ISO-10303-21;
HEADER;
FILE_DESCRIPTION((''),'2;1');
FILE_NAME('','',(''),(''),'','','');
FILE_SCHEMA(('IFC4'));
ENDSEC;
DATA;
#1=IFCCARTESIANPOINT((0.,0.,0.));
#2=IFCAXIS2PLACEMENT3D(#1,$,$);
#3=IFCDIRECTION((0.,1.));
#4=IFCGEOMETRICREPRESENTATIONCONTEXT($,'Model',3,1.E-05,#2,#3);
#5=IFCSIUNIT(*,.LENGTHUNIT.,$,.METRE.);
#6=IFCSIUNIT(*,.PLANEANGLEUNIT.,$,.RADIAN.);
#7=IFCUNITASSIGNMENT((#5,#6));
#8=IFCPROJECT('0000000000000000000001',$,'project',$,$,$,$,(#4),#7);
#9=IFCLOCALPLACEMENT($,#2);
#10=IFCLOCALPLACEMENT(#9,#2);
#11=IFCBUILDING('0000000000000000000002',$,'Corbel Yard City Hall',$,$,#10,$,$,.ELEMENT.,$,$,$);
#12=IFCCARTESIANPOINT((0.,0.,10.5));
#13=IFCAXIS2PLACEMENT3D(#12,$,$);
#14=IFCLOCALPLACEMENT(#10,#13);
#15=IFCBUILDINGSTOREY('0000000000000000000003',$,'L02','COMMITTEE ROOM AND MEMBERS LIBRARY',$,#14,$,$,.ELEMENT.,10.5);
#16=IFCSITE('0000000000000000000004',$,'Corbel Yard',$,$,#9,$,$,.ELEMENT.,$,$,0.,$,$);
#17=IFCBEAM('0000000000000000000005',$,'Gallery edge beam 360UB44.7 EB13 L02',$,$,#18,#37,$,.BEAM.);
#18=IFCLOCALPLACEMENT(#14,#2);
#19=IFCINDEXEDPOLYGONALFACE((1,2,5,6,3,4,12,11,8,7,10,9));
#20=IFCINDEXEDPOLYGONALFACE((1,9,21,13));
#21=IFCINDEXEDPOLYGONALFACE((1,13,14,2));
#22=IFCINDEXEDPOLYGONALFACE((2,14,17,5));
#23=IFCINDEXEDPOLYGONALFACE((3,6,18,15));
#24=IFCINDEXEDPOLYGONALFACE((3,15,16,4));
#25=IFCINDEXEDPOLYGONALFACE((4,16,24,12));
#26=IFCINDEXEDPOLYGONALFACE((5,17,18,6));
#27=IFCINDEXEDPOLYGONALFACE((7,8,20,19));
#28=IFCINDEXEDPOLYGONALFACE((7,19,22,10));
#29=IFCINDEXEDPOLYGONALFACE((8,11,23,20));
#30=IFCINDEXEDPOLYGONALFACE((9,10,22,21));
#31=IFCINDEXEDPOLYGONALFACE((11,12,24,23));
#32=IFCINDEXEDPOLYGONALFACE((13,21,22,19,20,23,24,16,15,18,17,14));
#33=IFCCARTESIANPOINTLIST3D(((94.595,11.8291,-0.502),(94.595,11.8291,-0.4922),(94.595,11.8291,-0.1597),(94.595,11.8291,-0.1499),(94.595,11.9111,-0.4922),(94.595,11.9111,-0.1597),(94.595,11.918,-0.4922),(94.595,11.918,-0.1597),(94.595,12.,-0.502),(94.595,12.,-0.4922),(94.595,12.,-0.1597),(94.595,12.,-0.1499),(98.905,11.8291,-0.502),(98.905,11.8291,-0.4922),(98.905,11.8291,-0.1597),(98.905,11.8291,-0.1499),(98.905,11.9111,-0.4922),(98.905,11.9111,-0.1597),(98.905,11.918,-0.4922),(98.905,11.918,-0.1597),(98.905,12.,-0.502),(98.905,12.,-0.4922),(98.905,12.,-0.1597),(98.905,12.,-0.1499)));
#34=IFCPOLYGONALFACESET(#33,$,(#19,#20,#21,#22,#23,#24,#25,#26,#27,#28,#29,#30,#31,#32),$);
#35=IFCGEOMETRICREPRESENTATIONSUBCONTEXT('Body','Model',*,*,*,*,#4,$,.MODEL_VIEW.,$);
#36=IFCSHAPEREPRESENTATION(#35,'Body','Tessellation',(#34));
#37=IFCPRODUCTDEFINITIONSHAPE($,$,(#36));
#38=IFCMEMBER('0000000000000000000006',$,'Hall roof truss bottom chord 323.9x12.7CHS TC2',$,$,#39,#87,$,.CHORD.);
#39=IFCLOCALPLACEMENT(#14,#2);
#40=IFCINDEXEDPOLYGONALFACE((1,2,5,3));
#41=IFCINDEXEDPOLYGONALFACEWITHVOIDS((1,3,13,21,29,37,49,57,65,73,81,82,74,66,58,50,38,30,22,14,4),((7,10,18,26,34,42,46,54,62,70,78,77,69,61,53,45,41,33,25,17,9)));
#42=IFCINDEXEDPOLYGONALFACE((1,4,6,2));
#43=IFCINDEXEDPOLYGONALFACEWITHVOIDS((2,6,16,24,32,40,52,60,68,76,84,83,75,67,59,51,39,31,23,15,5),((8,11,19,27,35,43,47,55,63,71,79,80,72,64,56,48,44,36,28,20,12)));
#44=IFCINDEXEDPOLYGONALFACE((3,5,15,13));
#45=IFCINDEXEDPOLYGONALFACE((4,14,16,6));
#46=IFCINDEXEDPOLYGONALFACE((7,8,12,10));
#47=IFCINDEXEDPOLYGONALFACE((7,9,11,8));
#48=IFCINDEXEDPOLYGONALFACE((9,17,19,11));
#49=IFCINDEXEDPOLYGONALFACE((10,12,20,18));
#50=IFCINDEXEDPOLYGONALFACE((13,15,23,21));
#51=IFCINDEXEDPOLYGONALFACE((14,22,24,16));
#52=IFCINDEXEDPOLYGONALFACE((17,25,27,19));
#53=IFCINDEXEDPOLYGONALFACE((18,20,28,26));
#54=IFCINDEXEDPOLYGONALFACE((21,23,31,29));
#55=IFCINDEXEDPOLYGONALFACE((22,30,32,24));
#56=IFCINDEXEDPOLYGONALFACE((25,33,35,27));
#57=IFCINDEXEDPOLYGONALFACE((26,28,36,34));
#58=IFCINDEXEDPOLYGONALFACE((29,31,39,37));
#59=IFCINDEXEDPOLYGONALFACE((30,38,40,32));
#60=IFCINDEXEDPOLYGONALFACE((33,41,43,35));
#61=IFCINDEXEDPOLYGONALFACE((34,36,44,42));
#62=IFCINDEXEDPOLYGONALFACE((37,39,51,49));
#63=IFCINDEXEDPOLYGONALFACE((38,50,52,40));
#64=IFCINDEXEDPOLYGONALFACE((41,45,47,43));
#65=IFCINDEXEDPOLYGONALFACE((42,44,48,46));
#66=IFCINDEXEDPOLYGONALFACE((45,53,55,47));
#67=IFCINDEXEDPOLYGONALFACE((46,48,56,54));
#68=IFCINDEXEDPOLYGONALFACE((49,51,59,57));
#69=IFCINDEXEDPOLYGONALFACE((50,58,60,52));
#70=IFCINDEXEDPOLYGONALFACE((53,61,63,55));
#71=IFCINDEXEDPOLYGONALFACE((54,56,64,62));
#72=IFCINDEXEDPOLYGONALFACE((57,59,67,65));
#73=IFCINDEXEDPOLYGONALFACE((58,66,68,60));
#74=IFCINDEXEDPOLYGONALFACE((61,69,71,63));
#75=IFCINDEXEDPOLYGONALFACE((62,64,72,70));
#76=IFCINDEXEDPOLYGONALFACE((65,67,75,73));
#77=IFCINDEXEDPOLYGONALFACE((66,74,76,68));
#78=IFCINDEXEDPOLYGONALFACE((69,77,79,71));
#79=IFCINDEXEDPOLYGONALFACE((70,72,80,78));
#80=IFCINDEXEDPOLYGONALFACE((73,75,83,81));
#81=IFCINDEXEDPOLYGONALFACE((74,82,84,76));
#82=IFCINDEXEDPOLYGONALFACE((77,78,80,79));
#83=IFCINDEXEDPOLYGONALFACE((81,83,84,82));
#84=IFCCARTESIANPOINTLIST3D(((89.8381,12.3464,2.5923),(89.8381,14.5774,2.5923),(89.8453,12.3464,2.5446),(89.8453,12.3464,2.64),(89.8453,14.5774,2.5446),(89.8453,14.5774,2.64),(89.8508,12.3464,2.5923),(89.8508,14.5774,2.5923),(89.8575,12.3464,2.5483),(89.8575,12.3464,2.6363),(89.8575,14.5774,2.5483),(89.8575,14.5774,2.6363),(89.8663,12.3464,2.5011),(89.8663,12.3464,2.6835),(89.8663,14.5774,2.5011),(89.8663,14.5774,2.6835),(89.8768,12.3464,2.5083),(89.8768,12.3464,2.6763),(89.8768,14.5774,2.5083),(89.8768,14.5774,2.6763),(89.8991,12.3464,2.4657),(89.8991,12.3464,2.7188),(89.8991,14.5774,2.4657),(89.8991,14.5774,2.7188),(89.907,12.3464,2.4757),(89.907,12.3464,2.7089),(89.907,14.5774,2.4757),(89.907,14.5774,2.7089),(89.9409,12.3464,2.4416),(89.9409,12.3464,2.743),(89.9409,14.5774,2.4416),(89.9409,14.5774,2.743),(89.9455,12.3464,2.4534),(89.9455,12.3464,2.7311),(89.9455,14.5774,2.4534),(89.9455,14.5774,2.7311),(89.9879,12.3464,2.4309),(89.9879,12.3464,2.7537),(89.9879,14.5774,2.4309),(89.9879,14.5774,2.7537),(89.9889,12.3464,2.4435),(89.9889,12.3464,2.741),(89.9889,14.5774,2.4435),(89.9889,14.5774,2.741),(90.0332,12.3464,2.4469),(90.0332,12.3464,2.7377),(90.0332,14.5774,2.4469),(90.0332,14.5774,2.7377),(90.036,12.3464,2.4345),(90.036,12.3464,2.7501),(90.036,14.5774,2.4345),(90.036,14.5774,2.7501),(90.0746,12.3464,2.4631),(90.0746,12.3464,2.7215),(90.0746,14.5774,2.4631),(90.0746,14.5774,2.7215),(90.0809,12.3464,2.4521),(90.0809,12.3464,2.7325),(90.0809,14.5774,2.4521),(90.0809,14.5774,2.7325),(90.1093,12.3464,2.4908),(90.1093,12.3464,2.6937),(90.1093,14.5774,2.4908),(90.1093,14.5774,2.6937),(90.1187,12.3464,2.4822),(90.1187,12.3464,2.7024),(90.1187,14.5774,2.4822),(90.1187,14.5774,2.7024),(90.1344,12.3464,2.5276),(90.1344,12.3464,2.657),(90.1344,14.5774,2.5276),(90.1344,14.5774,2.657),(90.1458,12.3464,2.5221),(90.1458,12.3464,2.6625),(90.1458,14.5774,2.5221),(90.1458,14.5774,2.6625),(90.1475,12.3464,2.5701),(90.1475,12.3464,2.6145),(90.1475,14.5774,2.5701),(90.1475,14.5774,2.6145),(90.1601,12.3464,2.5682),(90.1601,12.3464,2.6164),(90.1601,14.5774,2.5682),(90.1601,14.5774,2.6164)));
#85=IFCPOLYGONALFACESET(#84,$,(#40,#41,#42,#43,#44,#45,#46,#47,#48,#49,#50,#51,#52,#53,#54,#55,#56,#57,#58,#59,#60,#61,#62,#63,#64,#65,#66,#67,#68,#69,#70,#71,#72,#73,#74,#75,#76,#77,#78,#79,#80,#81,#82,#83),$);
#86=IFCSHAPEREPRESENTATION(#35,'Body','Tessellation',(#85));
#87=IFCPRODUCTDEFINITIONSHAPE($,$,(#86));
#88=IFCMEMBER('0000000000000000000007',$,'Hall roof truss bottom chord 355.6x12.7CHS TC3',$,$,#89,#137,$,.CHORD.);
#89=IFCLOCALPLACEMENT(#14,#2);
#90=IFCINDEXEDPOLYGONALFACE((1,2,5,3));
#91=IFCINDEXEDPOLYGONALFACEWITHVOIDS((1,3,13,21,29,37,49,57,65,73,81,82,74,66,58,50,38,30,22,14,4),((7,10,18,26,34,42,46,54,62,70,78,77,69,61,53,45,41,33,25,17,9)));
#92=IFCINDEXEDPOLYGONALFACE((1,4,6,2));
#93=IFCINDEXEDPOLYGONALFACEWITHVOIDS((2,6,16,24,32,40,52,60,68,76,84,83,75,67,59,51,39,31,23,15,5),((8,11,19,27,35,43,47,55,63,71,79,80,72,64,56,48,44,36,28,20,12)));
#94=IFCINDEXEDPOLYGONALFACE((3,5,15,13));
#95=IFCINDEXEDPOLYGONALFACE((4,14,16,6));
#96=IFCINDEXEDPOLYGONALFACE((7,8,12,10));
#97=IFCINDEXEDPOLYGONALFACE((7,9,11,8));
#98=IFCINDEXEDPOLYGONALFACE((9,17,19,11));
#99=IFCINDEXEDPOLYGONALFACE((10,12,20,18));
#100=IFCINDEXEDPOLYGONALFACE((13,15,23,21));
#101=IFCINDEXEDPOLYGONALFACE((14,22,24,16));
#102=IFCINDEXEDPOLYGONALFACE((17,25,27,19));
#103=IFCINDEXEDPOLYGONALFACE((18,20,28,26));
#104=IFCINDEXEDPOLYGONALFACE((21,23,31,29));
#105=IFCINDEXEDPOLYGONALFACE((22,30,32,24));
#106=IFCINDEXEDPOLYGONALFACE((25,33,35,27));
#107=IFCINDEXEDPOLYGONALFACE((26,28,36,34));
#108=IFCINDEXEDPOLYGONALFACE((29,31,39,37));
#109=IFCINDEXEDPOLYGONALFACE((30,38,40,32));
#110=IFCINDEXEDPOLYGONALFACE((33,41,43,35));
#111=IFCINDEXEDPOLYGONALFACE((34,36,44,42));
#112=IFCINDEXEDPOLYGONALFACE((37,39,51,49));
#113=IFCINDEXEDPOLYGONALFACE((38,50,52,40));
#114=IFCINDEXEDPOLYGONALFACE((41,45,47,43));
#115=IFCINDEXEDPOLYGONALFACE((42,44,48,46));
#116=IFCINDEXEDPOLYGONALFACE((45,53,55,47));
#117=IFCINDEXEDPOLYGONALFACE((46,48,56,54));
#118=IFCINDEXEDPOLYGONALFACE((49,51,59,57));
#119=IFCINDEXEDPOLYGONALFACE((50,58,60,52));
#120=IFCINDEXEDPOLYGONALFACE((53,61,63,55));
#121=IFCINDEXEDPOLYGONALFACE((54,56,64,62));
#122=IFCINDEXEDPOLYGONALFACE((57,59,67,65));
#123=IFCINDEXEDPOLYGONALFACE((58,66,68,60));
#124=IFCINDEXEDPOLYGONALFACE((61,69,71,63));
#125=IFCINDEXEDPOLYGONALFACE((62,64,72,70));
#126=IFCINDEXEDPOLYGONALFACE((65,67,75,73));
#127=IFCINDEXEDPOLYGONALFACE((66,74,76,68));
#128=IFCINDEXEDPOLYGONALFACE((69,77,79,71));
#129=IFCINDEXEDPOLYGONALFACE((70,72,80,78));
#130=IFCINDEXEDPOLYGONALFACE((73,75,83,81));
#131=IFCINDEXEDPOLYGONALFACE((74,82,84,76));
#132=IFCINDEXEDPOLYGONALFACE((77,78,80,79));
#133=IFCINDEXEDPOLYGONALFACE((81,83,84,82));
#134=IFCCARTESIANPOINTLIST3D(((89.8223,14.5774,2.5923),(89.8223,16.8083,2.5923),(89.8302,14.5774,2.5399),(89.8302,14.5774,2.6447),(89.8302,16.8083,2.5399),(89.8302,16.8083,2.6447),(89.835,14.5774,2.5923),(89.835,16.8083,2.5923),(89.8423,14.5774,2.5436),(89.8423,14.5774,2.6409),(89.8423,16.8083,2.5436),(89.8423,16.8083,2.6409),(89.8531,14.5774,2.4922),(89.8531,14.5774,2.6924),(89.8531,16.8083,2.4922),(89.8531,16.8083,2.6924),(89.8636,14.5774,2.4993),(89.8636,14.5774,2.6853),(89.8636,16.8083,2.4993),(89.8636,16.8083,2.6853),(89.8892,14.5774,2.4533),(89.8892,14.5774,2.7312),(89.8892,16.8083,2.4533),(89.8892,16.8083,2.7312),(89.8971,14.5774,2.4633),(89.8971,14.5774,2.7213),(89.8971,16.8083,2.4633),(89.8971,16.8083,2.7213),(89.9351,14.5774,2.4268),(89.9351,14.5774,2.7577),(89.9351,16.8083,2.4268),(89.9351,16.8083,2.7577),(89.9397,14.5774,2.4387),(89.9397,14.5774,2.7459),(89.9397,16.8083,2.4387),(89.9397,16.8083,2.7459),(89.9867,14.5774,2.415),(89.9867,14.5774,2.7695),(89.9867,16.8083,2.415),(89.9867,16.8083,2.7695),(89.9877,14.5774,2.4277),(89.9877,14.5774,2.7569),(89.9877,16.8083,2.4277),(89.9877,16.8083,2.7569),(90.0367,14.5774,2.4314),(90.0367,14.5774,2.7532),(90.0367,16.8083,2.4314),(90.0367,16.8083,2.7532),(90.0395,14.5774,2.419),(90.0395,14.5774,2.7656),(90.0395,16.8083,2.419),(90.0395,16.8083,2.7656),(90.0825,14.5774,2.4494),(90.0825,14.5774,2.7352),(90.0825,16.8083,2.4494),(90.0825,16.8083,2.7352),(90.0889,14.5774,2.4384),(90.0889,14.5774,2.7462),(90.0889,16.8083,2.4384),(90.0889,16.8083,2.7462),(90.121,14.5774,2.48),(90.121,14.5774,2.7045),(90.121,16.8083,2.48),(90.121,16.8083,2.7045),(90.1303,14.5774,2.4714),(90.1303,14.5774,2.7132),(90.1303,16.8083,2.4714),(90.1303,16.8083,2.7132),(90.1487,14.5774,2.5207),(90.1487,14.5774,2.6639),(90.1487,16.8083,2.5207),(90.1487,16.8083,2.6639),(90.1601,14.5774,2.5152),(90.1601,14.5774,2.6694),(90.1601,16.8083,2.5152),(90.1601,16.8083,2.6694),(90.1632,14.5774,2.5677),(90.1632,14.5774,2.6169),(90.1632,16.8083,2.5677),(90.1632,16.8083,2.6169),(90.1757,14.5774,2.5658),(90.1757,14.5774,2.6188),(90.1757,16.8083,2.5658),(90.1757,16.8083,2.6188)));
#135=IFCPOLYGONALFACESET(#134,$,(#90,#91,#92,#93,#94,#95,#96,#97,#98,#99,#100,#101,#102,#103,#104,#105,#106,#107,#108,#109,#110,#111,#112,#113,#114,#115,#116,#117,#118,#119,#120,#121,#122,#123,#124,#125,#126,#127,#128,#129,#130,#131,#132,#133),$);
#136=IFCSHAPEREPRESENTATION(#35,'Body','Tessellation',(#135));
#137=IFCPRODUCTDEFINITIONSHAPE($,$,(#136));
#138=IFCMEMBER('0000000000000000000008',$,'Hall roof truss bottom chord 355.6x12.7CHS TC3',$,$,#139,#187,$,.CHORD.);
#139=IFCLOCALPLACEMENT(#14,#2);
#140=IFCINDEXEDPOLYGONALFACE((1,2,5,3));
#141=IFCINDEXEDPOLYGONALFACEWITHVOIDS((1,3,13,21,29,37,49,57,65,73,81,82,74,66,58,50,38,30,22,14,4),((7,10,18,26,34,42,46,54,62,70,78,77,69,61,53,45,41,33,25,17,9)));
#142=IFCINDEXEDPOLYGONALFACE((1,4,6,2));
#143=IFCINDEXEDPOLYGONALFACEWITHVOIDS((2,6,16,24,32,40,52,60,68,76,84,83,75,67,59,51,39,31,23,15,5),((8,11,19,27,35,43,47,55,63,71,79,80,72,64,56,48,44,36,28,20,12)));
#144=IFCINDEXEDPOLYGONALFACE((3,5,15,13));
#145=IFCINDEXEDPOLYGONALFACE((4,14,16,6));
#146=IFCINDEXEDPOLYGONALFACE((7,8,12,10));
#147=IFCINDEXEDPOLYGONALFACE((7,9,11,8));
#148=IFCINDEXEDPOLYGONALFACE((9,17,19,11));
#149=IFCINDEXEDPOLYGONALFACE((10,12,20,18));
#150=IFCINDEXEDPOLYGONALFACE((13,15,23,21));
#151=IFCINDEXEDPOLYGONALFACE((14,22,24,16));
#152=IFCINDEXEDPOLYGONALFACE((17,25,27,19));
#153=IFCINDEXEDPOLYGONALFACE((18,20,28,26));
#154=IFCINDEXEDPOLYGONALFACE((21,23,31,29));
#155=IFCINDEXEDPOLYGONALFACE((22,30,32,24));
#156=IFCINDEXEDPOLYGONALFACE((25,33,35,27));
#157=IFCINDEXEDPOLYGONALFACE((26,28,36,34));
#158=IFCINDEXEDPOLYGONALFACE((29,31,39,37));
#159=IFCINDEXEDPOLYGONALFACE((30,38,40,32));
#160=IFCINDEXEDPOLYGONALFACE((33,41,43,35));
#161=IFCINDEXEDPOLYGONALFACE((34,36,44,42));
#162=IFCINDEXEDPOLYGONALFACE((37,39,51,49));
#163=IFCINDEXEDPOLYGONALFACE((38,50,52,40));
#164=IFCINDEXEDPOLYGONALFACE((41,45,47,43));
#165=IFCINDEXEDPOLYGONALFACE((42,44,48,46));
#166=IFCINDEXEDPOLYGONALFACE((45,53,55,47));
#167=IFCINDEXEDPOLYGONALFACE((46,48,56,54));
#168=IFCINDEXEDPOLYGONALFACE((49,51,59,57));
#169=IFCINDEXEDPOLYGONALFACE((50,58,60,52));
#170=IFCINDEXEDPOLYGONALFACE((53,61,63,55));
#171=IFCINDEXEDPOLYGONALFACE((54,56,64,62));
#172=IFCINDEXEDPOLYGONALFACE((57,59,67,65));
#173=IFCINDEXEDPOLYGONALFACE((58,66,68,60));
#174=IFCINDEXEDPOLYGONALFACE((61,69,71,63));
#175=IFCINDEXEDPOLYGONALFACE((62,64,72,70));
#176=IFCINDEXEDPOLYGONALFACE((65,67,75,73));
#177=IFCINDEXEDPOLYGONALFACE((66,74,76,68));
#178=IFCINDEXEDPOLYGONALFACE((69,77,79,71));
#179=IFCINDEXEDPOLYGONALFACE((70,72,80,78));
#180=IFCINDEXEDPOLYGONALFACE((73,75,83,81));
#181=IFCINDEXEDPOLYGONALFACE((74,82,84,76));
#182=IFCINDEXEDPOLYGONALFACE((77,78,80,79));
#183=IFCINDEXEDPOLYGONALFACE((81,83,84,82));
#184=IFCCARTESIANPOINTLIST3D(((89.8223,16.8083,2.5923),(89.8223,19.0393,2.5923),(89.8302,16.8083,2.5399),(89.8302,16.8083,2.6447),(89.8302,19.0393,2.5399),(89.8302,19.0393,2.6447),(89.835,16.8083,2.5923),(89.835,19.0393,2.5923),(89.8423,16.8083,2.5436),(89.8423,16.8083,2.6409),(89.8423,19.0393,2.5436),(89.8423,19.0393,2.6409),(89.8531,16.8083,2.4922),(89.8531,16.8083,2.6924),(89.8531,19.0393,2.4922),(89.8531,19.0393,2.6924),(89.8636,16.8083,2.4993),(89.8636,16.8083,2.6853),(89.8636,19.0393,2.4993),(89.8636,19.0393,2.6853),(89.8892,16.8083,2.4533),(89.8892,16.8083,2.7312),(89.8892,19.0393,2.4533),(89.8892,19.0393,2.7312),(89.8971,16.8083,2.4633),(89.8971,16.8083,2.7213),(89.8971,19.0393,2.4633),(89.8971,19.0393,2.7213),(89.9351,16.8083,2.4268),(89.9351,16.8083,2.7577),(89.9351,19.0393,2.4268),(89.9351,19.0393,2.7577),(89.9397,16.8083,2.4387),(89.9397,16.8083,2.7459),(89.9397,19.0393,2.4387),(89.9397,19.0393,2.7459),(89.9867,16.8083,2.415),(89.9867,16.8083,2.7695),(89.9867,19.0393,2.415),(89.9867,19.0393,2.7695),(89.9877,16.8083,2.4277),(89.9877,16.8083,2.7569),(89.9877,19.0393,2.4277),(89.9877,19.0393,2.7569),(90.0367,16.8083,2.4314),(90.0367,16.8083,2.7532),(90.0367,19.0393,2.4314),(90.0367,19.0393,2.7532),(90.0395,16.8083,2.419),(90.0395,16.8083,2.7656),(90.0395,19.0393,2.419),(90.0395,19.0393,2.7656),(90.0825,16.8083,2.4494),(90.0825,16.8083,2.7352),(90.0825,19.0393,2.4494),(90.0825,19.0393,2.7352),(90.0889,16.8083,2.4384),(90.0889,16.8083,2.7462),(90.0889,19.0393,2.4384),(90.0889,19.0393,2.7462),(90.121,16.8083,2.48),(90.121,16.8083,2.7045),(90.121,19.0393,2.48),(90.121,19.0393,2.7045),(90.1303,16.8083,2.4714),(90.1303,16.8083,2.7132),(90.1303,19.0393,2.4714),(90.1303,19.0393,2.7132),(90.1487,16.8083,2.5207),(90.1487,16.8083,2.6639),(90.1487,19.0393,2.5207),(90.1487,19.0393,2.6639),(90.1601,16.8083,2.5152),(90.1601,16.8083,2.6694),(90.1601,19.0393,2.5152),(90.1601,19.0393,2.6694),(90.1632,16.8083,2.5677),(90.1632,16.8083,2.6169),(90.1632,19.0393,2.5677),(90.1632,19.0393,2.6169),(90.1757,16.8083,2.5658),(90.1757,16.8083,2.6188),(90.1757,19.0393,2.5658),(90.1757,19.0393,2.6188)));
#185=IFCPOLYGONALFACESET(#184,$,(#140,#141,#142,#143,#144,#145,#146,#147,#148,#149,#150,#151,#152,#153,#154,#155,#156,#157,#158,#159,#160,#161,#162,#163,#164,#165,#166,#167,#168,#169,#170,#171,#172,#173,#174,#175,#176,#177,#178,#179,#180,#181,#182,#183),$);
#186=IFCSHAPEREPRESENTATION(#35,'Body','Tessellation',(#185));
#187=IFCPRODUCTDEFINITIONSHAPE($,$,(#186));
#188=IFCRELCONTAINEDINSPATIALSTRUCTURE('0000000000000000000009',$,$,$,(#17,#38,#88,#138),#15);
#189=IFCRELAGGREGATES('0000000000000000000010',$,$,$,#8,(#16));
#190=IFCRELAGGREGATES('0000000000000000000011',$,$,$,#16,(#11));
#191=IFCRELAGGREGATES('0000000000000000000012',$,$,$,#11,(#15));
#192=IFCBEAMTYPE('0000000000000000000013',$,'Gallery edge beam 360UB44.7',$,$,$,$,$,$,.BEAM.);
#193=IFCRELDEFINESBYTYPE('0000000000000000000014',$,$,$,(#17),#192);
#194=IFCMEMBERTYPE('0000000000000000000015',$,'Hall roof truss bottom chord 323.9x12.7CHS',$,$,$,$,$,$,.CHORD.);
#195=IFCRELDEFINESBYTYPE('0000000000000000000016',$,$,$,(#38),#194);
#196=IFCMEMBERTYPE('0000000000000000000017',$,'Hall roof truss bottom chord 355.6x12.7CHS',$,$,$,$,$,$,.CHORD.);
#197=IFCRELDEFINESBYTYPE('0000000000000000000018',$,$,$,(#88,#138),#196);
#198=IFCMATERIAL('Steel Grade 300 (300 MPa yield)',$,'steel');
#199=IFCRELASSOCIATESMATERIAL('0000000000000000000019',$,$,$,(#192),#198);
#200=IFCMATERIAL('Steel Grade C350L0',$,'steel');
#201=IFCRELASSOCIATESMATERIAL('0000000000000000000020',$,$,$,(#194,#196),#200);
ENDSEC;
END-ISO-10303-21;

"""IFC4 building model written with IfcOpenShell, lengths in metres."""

from ifc_helpers import new_model, si_unit, direction, frame, origin, origin_2d, place, context, subcontext, project, spatial, hollow_circle, i_section, extrude, material, material_profile, profile_set, type_object, element, save


model = new_model("IFC4")

# Units and contexts
model_context = context("Model", 3, precision=1e-05, world=origin(), true_north=direction((0.0, 1.0)))
body_context = subcontext(model_context, "Body", "Model", "MODEL_VIEW")
ifc_project = project(units=[si_unit("LENGTHUNIT", "METRE"), si_unit("PLANEANGLEUNIT", "RADIAN")], contexts=[model_context])

# Site, building, storey
site_placement = place(None, origin())
site = spatial("IfcSite", under=ifc_project, at=site_placement, Name="Corbel Yard", CompositionType="ELEMENT", RefElevation=0.0)
building_placement = place(site_placement, origin())
building = spatial("IfcBuilding", under=site, at=building_placement, Name="Corbel Yard City Hall", CompositionType="ELEMENT")
storey_placement = place(building_placement, frame((0.0, 0.0, 10.5)))
storey = spatial("IfcBuildingStorey", under=building, at=storey_placement, Name="L02", Description="COMMITTEE ROOM AND MEMBERS LIBRARY", CompositionType="ELEMENT", Elevation=10.5)

# Beam
ifc_material_1 = material(Name="Steel Grade 300 (300 MPa yield)", Category="steel")
ifc_material_profile_1 = material_profile(ifc_material_1, i_section(OverallWidth=0.1709, OverallDepth=0.3521, WebThickness=0.0068, FlangeThickness=0.0098, at=origin_2d()), Name="360UB44.7")
ifc_profile_set_1 = profile_set([ifc_material_profile_1], Name="Steel Grade 300 (300 MPa yield)")
beam_type = type_object("IfcBeamType", Name="Gallery edge beam 360UB44.7", PredefinedType="BEAM", material=ifc_profile_set_1)
beam_placement = place(storey_placement, frame((94.595, 11.9146, -0.3259), z_axis=(1.0, 0.0, 0.0), x_axis=(0.0, 1.0, 0.0)))
element("IfcBeam", 1, at=beam_placement, inside=storey, type_object=beam_type, Name="Gallery edge beam 360UB44.7 EB13 L02", PredefinedType="BEAM", context=body_context, shape_type="SweptSolid", body=[
    extrude(i_section(OverallWidth=0.1709, OverallDepth=0.3521, WebThickness=0.0068, FlangeThickness=0.0098, at=origin_2d()), origin(), (0.0, 0.0, 1.0), 4.3101),
])

# Members
ifc_material_2 = material(Name="Steel Grade C350L0", Category="steel")
ifc_material_profile_2 = material_profile(ifc_material_2, hollow_circle(Radius=0.1619, WallThickness=0.0127, at=origin_2d()), Name="323.9x12.7CHS")
ifc_profile_set_2 = profile_set([ifc_material_profile_2], Name="Steel Grade C350L0")
member_type_1 = type_object("IfcMemberType", Name="Hall roof truss bottom chord 323.9x12.7CHS", PredefinedType="CHORD", material=ifc_profile_set_2)
member_1_placement = place(storey_placement, frame((90.0, 12.3464, 2.5923), z_axis=(0.0, 1.0, 0.0), x_axis=(-1.0, 0.0, 0.0)))
element("IfcMember", 2, at=member_1_placement, inside=storey, type_object=member_type_1, Name="Hall roof truss bottom chord 323.9x12.7CHS TC2", PredefinedType="CHORD", context=body_context, shape_type="SweptSolid", body=[
    extrude(hollow_circle(Radius=0.1619, WallThickness=0.0127, at=origin_2d()), origin(), (0.0, 0.0, 1.0), 2.231),
])
ifc_material_profile_3 = material_profile(ifc_material_2, hollow_circle(Radius=0.1777, WallThickness=0.0127, at=origin_2d()), Name="355.6x12.7CHS")
ifc_profile_set_3 = profile_set([ifc_material_profile_3], Name="Steel Grade C350L0")
member_type_2 = type_object("IfcMemberType", Name="Hall roof truss bottom chord 355.6x12.7CHS", PredefinedType="CHORD", material=ifc_profile_set_3)
for number, where, z_axis, x_axis, name in (
    (3, (90.0, 14.5774, 2.5923), (0.0, 1.0, 0.0), (-1.0, 0.0, 0.0), "Hall roof truss bottom chord 355.6x12.7CHS TC3"),
    (4, (90.0, 16.8083, 2.5923), (0.0, 1.0, 0.0), (-1.0, 0.0, 0.0), "Hall roof truss bottom chord 355.6x12.7CHS TC3"),
):
    element("IfcMember", number, at=place(storey_placement, frame(where, z_axis=z_axis, x_axis=x_axis)), inside=storey, type_object=member_type_2, Name=name, PredefinedType="CHORD", context=body_context, shape_type="SweptSolid", body=[
        extrude(hollow_circle(Radius=0.1777, WallThickness=0.0127, at=origin_2d()), origin(), (0.0, 0.0, 1.0), 2.231),
    ])

save(model, "model.ifc")
